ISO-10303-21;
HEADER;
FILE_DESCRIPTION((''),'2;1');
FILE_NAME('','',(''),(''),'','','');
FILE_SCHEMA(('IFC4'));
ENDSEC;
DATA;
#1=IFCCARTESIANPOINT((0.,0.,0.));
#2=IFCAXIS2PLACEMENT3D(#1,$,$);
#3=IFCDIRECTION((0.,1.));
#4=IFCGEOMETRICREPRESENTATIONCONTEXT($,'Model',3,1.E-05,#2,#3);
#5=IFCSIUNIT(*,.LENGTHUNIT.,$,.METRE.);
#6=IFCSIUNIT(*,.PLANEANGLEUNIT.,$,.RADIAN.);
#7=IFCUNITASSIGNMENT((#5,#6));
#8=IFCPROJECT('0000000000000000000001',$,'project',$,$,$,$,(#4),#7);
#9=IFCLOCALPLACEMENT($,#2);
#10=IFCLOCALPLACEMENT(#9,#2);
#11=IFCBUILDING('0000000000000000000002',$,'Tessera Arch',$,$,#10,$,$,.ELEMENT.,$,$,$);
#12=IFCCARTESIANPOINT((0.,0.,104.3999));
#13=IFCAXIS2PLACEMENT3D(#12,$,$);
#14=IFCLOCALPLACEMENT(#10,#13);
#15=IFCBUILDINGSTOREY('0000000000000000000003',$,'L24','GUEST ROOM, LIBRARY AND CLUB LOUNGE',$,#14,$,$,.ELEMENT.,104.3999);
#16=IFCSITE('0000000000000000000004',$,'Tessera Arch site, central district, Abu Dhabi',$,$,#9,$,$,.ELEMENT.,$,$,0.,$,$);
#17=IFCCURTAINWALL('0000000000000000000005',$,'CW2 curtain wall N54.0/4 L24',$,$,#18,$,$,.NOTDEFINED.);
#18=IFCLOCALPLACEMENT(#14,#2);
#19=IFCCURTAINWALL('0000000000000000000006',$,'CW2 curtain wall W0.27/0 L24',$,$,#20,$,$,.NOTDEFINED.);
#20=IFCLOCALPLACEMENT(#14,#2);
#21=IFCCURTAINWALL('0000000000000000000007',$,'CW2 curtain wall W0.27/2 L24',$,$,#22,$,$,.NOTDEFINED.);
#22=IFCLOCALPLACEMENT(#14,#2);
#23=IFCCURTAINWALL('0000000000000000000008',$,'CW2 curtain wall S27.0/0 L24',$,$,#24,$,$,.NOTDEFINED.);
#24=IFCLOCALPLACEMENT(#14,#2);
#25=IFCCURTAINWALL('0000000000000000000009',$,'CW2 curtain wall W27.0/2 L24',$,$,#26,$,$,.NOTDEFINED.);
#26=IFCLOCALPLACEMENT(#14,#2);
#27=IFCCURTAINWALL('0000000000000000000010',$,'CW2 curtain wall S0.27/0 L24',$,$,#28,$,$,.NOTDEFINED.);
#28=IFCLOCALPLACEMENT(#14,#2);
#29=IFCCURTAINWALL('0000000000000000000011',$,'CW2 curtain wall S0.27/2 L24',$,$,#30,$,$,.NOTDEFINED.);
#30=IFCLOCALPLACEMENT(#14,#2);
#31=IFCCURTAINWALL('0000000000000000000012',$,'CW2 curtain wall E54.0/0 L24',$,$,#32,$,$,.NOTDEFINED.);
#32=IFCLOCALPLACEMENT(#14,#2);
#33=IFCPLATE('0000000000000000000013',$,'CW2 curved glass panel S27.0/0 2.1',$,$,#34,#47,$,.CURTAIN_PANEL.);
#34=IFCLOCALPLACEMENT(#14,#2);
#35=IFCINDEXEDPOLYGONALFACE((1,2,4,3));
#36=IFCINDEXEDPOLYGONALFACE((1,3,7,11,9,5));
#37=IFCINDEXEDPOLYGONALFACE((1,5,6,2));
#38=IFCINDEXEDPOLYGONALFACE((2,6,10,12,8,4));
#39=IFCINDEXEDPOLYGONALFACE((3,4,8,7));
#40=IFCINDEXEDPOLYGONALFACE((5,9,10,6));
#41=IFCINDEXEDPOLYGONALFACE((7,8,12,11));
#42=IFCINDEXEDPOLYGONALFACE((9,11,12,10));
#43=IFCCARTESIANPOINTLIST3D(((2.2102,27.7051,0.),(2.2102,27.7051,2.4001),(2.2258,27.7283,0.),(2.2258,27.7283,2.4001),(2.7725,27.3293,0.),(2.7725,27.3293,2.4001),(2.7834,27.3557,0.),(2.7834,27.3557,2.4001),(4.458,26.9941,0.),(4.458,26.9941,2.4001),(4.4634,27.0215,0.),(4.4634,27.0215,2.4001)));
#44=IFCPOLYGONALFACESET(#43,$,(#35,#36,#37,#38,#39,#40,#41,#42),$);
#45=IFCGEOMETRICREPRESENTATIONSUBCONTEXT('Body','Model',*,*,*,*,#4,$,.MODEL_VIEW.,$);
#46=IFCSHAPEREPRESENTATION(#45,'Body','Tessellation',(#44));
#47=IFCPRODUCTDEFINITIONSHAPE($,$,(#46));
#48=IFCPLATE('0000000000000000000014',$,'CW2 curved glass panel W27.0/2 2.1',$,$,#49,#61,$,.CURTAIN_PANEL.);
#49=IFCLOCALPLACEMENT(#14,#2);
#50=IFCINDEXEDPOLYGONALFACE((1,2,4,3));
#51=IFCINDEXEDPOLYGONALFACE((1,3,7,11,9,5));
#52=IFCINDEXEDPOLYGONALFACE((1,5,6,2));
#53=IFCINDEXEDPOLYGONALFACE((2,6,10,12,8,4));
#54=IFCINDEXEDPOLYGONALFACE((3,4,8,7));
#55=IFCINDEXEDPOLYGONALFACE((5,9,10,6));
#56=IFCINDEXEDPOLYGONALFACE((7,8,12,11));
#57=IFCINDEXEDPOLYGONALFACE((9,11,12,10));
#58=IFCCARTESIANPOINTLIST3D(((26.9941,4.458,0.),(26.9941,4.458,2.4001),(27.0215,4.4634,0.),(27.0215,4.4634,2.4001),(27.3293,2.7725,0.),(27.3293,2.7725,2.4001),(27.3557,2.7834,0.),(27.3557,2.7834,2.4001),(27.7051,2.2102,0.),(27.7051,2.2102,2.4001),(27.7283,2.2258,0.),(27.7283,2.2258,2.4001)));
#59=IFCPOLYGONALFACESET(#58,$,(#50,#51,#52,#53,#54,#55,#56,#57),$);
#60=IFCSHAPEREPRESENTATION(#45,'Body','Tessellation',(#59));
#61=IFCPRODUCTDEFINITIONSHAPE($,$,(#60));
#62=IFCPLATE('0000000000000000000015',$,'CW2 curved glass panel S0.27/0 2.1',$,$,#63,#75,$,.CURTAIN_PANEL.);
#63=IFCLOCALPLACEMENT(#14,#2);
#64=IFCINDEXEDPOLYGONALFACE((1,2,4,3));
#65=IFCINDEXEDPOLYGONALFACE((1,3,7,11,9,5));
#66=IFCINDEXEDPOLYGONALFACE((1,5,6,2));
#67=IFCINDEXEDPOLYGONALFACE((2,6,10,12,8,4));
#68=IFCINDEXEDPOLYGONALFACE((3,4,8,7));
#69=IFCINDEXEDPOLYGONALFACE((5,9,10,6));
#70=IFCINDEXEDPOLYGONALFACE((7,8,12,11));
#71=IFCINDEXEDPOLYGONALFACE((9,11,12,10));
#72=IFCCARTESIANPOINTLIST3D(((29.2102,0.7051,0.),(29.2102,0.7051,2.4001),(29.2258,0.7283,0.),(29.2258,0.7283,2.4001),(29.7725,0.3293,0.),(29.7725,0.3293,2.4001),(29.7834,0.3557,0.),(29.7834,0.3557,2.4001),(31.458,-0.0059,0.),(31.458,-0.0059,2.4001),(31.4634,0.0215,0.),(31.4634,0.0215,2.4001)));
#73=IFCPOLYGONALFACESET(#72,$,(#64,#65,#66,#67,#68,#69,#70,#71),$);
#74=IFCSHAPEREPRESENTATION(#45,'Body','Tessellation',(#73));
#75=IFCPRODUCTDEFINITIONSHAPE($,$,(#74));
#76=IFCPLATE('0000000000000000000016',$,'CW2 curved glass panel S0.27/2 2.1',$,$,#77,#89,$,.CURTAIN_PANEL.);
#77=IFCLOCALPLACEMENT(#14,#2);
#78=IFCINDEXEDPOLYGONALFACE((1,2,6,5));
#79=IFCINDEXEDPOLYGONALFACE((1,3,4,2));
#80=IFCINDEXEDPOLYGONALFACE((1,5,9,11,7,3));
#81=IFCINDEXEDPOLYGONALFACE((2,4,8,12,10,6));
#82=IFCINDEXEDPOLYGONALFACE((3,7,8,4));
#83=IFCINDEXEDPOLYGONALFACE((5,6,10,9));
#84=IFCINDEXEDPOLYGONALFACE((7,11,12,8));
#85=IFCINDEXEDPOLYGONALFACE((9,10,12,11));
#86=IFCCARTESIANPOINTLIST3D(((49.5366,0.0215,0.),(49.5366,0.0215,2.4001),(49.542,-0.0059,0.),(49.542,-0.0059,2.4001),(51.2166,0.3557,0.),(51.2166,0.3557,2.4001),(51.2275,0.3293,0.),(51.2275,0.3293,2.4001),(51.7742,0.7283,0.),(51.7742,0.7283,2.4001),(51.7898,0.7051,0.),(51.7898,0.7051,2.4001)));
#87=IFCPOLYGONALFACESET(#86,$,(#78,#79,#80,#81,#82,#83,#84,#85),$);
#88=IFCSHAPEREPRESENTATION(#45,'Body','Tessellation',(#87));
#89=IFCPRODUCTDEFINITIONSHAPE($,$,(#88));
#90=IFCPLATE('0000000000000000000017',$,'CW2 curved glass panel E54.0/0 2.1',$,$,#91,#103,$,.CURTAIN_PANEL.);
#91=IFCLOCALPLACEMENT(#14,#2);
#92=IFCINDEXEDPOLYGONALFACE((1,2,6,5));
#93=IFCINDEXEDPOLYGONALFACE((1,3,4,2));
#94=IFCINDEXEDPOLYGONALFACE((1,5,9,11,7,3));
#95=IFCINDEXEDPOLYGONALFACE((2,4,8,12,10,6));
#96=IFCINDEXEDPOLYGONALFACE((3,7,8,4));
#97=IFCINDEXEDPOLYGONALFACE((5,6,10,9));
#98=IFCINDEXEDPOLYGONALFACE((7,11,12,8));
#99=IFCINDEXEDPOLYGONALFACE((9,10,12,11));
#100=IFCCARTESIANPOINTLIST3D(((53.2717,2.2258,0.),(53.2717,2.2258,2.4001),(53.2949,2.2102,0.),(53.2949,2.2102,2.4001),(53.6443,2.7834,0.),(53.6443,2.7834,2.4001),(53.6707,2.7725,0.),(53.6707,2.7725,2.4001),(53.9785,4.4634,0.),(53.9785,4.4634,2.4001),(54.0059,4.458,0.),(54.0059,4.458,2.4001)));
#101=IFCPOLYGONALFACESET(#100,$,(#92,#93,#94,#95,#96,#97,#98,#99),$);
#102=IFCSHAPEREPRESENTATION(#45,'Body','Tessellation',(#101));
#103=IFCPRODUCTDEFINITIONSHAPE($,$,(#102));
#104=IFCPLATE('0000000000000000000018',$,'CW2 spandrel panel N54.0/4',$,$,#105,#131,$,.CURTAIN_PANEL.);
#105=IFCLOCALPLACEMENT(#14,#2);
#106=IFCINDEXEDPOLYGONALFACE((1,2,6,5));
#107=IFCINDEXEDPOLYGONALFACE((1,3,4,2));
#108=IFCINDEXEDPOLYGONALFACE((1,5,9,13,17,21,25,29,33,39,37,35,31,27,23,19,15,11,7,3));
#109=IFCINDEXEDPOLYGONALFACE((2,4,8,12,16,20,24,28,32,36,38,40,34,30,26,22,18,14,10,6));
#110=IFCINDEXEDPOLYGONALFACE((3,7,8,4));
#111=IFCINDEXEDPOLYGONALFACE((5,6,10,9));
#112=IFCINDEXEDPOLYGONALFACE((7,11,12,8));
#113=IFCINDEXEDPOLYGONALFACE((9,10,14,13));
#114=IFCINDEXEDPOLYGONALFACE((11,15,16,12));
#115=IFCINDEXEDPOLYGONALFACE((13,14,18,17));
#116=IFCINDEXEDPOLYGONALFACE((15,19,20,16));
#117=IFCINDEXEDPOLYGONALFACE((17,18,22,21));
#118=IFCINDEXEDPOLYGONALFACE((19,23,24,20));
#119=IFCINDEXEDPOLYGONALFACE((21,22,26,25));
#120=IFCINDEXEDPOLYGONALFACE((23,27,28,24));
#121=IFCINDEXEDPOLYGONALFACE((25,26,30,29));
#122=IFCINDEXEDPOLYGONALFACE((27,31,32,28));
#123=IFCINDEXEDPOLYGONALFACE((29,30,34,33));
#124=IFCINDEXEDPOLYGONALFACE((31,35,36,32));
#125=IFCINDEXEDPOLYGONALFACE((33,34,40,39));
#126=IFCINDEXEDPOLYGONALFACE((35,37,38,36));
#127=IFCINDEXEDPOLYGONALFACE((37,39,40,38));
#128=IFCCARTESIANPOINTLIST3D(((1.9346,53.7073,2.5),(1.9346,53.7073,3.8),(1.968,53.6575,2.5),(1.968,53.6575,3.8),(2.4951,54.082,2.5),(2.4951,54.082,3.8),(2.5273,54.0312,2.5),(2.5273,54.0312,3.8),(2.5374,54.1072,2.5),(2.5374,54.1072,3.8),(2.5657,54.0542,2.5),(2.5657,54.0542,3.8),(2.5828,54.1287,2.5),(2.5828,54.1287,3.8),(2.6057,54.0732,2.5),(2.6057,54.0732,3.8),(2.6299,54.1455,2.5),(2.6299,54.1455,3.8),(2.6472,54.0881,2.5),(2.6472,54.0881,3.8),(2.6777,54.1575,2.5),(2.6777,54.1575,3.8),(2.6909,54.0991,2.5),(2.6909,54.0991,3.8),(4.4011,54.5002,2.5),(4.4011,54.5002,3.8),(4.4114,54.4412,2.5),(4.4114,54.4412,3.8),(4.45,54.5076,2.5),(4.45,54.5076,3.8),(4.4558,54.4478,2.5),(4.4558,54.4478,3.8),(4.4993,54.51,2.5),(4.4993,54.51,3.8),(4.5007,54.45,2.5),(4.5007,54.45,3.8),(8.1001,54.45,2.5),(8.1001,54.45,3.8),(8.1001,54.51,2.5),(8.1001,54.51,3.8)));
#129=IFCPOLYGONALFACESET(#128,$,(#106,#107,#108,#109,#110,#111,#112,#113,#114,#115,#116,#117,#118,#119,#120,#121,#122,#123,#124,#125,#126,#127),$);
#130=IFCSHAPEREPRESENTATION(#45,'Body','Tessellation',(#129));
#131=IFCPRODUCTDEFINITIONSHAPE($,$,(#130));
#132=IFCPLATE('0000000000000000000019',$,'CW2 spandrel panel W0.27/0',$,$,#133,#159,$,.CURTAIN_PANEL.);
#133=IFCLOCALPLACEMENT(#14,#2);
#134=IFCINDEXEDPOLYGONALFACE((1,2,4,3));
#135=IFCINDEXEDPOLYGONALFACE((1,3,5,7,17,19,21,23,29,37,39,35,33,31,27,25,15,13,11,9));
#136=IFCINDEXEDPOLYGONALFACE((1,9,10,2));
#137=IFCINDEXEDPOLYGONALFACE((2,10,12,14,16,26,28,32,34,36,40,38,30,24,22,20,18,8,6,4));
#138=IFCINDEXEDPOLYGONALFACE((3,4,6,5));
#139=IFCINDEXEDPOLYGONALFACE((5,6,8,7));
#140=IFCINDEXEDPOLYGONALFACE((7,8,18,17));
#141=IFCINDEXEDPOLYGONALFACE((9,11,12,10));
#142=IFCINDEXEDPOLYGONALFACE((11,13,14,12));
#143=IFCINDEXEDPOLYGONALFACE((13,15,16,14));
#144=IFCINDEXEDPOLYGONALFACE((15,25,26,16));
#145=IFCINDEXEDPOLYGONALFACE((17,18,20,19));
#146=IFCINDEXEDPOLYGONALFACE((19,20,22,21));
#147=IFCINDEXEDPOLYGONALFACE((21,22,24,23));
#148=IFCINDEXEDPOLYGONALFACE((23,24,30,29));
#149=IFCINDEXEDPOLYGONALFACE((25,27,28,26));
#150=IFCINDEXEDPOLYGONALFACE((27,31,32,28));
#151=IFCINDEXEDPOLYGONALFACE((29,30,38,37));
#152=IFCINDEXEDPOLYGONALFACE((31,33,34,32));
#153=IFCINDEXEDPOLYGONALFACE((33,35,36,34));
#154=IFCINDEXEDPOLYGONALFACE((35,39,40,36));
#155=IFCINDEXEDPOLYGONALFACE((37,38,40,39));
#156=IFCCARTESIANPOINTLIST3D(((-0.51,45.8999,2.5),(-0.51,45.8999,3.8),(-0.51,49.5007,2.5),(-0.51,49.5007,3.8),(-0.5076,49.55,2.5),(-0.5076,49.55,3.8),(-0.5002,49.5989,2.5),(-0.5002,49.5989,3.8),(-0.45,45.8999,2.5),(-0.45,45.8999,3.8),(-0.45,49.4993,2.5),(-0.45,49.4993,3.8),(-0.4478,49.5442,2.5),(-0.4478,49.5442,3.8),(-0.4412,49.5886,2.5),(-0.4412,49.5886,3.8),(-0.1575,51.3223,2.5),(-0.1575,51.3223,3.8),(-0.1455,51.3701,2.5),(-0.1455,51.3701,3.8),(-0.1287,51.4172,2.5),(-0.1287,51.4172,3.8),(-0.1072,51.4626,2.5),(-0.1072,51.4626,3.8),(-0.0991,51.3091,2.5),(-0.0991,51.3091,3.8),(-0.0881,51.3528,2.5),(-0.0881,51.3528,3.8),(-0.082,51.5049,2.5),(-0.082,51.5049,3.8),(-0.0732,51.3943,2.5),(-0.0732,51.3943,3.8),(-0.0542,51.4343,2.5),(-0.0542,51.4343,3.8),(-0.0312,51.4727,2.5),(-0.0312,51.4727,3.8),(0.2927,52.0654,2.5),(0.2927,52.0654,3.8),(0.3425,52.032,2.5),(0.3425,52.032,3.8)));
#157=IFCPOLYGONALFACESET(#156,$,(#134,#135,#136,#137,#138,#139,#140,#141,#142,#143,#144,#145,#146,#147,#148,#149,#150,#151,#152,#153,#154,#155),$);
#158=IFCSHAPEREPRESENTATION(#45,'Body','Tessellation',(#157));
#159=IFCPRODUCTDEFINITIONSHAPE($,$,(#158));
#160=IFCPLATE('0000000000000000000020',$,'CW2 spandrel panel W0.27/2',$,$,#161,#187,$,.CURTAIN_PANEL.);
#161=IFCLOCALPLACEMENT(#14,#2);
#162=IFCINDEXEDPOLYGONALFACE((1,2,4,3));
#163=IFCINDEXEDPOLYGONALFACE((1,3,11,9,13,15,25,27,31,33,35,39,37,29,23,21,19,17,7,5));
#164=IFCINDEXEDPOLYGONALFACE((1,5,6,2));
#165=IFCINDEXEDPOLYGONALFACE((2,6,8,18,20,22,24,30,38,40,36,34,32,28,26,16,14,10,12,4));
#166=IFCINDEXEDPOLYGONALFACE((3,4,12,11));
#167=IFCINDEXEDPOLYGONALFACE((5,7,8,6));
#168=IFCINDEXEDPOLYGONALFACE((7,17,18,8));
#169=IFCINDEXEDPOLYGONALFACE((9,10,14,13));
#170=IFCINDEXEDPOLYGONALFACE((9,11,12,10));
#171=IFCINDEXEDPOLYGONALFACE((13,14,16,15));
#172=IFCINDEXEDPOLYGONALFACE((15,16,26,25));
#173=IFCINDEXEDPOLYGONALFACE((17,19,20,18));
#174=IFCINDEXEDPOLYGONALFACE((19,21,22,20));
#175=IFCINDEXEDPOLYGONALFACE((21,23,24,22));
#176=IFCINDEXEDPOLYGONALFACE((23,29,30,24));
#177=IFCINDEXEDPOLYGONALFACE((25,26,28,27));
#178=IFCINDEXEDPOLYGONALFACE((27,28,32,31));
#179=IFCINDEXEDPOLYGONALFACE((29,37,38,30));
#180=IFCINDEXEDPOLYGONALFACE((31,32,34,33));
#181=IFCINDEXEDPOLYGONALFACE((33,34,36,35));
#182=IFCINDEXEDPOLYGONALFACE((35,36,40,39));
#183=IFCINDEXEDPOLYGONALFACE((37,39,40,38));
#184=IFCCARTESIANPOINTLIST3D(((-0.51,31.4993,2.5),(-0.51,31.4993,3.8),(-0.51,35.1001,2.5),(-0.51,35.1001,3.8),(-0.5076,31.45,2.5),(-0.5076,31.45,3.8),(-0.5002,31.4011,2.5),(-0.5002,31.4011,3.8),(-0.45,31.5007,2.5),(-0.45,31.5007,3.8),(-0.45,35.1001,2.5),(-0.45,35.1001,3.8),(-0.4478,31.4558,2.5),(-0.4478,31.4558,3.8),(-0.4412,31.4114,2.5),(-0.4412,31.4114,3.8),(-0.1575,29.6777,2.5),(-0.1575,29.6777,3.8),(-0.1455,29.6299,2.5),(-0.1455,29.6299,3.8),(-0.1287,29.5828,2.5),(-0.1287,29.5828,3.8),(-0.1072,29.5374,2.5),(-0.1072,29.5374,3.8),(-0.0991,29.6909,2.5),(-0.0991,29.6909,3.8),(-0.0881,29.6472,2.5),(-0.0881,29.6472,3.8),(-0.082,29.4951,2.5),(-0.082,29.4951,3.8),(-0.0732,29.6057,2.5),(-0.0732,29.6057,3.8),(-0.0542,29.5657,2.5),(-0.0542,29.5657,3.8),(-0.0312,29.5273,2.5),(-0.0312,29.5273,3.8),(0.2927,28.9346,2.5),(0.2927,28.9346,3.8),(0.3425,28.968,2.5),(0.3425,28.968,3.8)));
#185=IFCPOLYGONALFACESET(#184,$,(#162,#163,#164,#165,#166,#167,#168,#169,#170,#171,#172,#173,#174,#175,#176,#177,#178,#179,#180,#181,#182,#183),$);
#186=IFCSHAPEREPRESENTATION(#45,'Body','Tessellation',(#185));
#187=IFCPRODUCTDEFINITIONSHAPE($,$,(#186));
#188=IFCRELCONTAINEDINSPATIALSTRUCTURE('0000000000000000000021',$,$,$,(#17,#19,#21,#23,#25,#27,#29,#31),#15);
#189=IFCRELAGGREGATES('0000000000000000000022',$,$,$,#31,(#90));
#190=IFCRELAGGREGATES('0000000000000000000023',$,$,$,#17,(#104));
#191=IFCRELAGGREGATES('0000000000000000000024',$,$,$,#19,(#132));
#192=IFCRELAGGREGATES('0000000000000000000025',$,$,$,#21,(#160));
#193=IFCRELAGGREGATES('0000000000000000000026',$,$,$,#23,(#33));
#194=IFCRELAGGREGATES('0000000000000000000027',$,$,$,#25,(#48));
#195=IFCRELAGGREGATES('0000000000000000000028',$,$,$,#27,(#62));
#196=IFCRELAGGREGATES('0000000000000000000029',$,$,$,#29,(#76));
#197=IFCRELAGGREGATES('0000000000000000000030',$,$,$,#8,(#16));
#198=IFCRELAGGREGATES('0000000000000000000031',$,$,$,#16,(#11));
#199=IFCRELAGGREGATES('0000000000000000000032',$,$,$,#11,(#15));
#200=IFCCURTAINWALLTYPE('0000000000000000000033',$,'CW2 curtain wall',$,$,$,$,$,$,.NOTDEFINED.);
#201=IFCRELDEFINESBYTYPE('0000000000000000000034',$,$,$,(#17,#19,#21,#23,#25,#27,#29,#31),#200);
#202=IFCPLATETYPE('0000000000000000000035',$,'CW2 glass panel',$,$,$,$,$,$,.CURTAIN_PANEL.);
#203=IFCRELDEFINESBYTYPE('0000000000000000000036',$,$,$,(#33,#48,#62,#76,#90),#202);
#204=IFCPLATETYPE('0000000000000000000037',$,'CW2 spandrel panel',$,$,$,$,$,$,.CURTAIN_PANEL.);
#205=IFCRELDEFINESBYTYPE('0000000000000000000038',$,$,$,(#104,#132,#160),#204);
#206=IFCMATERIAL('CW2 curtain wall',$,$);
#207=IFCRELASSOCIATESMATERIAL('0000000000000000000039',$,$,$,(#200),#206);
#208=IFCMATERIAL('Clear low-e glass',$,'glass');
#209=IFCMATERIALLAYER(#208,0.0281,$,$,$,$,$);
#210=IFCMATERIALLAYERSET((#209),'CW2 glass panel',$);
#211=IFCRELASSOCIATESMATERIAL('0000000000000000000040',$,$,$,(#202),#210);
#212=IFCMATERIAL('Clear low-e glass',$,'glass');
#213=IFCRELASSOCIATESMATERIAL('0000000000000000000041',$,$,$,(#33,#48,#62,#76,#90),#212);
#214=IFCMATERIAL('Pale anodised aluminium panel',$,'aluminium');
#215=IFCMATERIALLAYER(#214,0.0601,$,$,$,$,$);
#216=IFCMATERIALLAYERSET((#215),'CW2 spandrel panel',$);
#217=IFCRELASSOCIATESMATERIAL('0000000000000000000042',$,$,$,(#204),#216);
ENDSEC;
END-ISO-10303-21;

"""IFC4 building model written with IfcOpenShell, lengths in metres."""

from ifc_helpers import new_model, si_unit, direction, frame, origin, place, context, subcontext, project, spatial, polyline, outline, extrude, material, layer, layer_set, type_object, element, aggregate, save


model = new_model("IFC4")

# Units and contexts
model_context = context("Model", 3, precision=1e-05, world=origin(), true_north=direction((0.0, 1.0)))
body_context = subcontext(model_context, "Body", "Model", "MODEL_VIEW")
ifc_project = project(units=[si_unit("LENGTHUNIT", "METRE"), si_unit("PLANEANGLEUNIT", "RADIAN")], contexts=[model_context])

# Site, building, storey
site_placement = place(None, origin())
site = spatial("IfcSite", under=ifc_project, at=site_placement, Name="Tessera Arch site, central district, Abu Dhabi", CompositionType="ELEMENT", RefElevation=0.0)
building_placement = place(site_placement, origin())
building = spatial("IfcBuilding", under=site, at=building_placement, Name="Tessera Arch", CompositionType="ELEMENT")
storey_placement = place(building_placement, frame((0.0, 0.0, 104.3999)))
storey = spatial("IfcBuildingStorey", under=building, at=storey_placement, Name="L24", Description="GUEST ROOM, LIBRARY AND CLUB LOUNGE", CompositionType="ELEMENT", Elevation=104.3999)

# Curtain walls
ifc_material_1 = material(Name="CW2 curtain wall")
curtain_wall_type = type_object("IfcCurtainWallType", Name="CW2 curtain wall", PredefinedType="NOTDEFINED", material=ifc_material_1)
curtain_wall_1_placement = place(storey_placement, origin())
curtain_wall_1 = element("IfcCurtainWall", 1, at=curtain_wall_1_placement, inside=storey, type_object=curtain_wall_type, Name="CW2 curtain wall N54.0/4 L24", PredefinedType="NOTDEFINED")
curtain_wall_2_placement = place(storey_placement, origin())
curtain_wall_2 = element("IfcCurtainWall", 2, at=curtain_wall_2_placement, inside=storey, type_object=curtain_wall_type, Name="CW2 curtain wall W0.27/0 L24", PredefinedType="NOTDEFINED")
curtain_wall_3_placement = place(storey_placement, origin())
curtain_wall_3 = element("IfcCurtainWall", 3, at=curtain_wall_3_placement, inside=storey, type_object=curtain_wall_type, Name="CW2 curtain wall W0.27/2 L24", PredefinedType="NOTDEFINED")
curtain_wall_4_placement = place(storey_placement, origin())
curtain_wall_4 = element("IfcCurtainWall", 4, at=curtain_wall_4_placement, inside=storey, type_object=curtain_wall_type, Name="CW2 curtain wall S27.0/0 L24", PredefinedType="NOTDEFINED")
curtain_wall_5_placement = place(storey_placement, origin())
curtain_wall_5 = element("IfcCurtainWall", 5, at=curtain_wall_5_placement, inside=storey, type_object=curtain_wall_type, Name="CW2 curtain wall W27.0/2 L24", PredefinedType="NOTDEFINED")
curtain_wall_6_placement = place(storey_placement, origin())
curtain_wall_6 = element("IfcCurtainWall", 6, at=curtain_wall_6_placement, inside=storey, type_object=curtain_wall_type, Name="CW2 curtain wall S0.27/0 L24", PredefinedType="NOTDEFINED")
curtain_wall_7_placement = place(storey_placement, origin())
curtain_wall_7 = element("IfcCurtainWall", 7, at=curtain_wall_7_placement, inside=storey, type_object=curtain_wall_type, Name="CW2 curtain wall S0.27/2 L24", PredefinedType="NOTDEFINED")
curtain_wall_8_placement = place(storey_placement, origin())
curtain_wall_8 = element("IfcCurtainWall", 8, at=curtain_wall_8_placement, inside=storey, type_object=curtain_wall_type, Name="CW2 curtain wall E54.0/0 L24", PredefinedType="NOTDEFINED")

# Plates
ifc_material_2 = material(Name="Clear low-e glass", Category="glass")
ifc_material_3 = material(Name="Clear low-e glass", Category="glass")
ifc_layer_1 = layer(ifc_material_3, 0.0281)
ifc_layer_set_1 = layer_set([ifc_layer_1], Name="CW2 glass panel")
plate_type_1 = type_object("IfcPlateType", Name="CW2 glass panel", PredefinedType="CURTAIN_PANEL", material=ifc_layer_set_1)
plate_1_placement = place(storey_placement, origin())
plate_1 = element("IfcPlate", 9, at=plate_1_placement, type_object=plate_type_1, material=ifc_material_2, Name="CW2 curved glass panel S27.0/0 2.1", PredefinedType="CURTAIN_PANEL", context=body_context, shape_type="SweptSolid", body=[
    extrude(outline(polyline([(2.7834, 27.3557), (2.2258, 27.7283), (2.2102, 27.7051), (2.7725, 27.3293), (4.458, 26.9941), (4.4634, 27.0215), (2.7834, 27.3557)])), origin(), (0.0, 0.0, 1.0), 2.4001),
])
plate_2_placement = place(storey_placement, origin())
plate_2 = element("IfcPlate", 10, at=plate_2_placement, type_object=plate_type_1, material=ifc_material_2, Name="CW2 curved glass panel W27.0/2 2.1", PredefinedType="CURTAIN_PANEL", context=body_context, shape_type="SweptSolid", body=[
    extrude(outline(polyline([(27.3557, 2.7834), (27.0215, 4.4634), (26.9941, 4.458), (27.3293, 2.7725), (27.7051, 2.2102), (27.7283, 2.2258), (27.3557, 2.7834)])), origin(), (0.0, 0.0, 1.0), 2.4001),
])
plate_3_placement = place(storey_placement, origin())
plate_3 = element("IfcPlate", 11, at=plate_3_placement, type_object=plate_type_1, material=ifc_material_2, Name="CW2 curved glass panel S0.27/0 2.1", PredefinedType="CURTAIN_PANEL", context=body_context, shape_type="SweptSolid", body=[
    extrude(outline(polyline([(29.7834, 0.3557), (29.2258, 0.7283), (29.2102, 0.7051), (29.7725, 0.3293), (31.458, -0.0059), (31.4634, 0.0215), (29.7834, 0.3557)])), origin(), (0.0, 0.0, 1.0), 2.4001),
])
plate_4_placement = place(storey_placement, origin())
plate_4 = element("IfcPlate", 12, at=plate_4_placement, type_object=plate_type_1, material=ifc_material_2, Name="CW2 curved glass panel S0.27/2 2.1", PredefinedType="CURTAIN_PANEL", context=body_context, shape_type="SweptSolid", body=[
    extrude(outline(polyline([(51.2166, 0.3557), (49.5366, 0.0215), (49.542, -0.0059), (51.2275, 0.3293), (51.7898, 0.7051), (51.7742, 0.7283), (51.2166, 0.3557)])), origin(), (0.0, 0.0, 1.0), 2.4001),
])
plate_5_placement = place(storey_placement, origin())
plate_5 = element("IfcPlate", 13, at=plate_5_placement, type_object=plate_type_1, material=ifc_material_2, Name="CW2 curved glass panel E54.0/0 2.1", PredefinedType="CURTAIN_PANEL", context=body_context, shape_type="SweptSolid", body=[
    extrude(outline(polyline([(53.6443, 2.7834), (53.2717, 2.2258), (53.2949, 2.2102), (53.6707, 2.7725), (54.0059, 4.458), (53.9785, 4.4634), (53.6443, 2.7834)])), origin(), (0.0, 0.0, 1.0), 2.4001),
])
aggregate(curtain_wall_8, [plate_5])
ifc_material_4 = material(Name="Pale anodised aluminium panel", Category="aluminium")
ifc_layer_2 = layer(ifc_material_4, 0.0601)
ifc_layer_set_2 = layer_set([ifc_layer_2], Name="CW2 spandrel panel")
plate_type_2 = type_object("IfcPlateType", Name="CW2 spandrel panel", PredefinedType="CURTAIN_PANEL", material=ifc_layer_set_2)
plate_6_placement = place(storey_placement, frame((0.0, 0.0, 2.5)))
plate_6 = element("IfcPlate", 14, at=plate_6_placement, type_object=plate_type_2, Name="CW2 spandrel panel N54.0/4", PredefinedType="CURTAIN_PANEL", context=body_context, shape_type="SweptSolid", body=[
    extrude(outline(polyline([(4.5007, 54.45), (8.1001, 54.45), (8.1001, 54.51), (4.4993, 54.51), (4.45, 54.5076), (4.4011, 54.5002), (2.6777, 54.1575), (2.6299, 54.1455), (2.5828, 54.1287), (2.5374, 54.1072), (2.4951, 54.082), (1.9346, 53.7073), (1.968, 53.6575), (2.5273, 54.0312), (2.5657, 54.0542), (2.6057, 54.0732), (2.6472, 54.0881), (2.6909, 54.0991), (4.4114, 54.4412), (4.4558, 54.4478), (4.5007, 54.45)])), origin(), (0.0, 0.0, 1.0), 1.3),
])
aggregate(curtain_wall_1, [plate_6])
plate_7_placement = place(storey_placement, frame((0.0, 0.0, 2.5)))
plate_7 = element("IfcPlate", 15, at=plate_7_placement, type_object=plate_type_2, Name="CW2 spandrel panel W0.27/0", PredefinedType="CURTAIN_PANEL", context=body_context, shape_type="SweptSolid", body=[
    extrude(outline(polyline([(-0.0312, 51.4727), (0.3425, 52.032), (0.2927, 52.0654), (-0.082, 51.5049), (-0.1072, 51.4626), (-0.1287, 51.4172), (-0.1455, 51.3701), (-0.1575, 51.3223), (-0.5002, 49.5989), (-0.5076, 49.55), (-0.51, 49.5007), (-0.51, 45.8999), (-0.45, 45.8999), (-0.45, 49.4993), (-0.4478, 49.5442), (-0.4412, 49.5886), (-0.0991, 51.3091), (-0.0881, 51.3528), (-0.0732, 51.3943), (-0.0542, 51.4343), (-0.0312, 51.4727)])), origin(), (0.0, 0.0, 1.0), 1.3),
])
aggregate(curtain_wall_2, [plate_7])
plate_8_placement = place(storey_placement, frame((0.0, 0.0, 2.5)))
plate_8 = element("IfcPlate", 16, at=plate_8_placement, type_object=plate_type_2, Name="CW2 spandrel panel W0.27/2", PredefinedType="CURTAIN_PANEL", context=body_context, shape_type="SweptSolid", body=[
    extrude(outline(polyline([(-0.45, 31.5007), (-0.45, 35.1001), (-0.51, 35.1001), (-0.51, 31.4993), (-0.5076, 31.45), (-0.5002, 31.4011), (-0.1575, 29.6777), (-0.1455, 29.6299), (-0.1287, 29.5828), (-0.1072, 29.5374), (-0.082, 29.4951), (0.2927, 28.9346), (0.3425, 28.968), (-0.0312, 29.5273), (-0.0542, 29.5657), (-0.0732, 29.6057), (-0.0881, 29.6472), (-0.0991, 29.6909), (-0.4412, 31.4114), (-0.4478, 31.4558), (-0.45, 31.5007)])), origin(), (0.0, 0.0, 1.0), 1.3),
])
aggregate(curtain_wall_3, [plate_8])
aggregate(curtain_wall_4, [plate_1])
aggregate(curtain_wall_5, [plate_2])
aggregate(curtain_wall_6, [plate_3])
aggregate(curtain_wall_7, [plate_4])

save(model, "model.ifc")
